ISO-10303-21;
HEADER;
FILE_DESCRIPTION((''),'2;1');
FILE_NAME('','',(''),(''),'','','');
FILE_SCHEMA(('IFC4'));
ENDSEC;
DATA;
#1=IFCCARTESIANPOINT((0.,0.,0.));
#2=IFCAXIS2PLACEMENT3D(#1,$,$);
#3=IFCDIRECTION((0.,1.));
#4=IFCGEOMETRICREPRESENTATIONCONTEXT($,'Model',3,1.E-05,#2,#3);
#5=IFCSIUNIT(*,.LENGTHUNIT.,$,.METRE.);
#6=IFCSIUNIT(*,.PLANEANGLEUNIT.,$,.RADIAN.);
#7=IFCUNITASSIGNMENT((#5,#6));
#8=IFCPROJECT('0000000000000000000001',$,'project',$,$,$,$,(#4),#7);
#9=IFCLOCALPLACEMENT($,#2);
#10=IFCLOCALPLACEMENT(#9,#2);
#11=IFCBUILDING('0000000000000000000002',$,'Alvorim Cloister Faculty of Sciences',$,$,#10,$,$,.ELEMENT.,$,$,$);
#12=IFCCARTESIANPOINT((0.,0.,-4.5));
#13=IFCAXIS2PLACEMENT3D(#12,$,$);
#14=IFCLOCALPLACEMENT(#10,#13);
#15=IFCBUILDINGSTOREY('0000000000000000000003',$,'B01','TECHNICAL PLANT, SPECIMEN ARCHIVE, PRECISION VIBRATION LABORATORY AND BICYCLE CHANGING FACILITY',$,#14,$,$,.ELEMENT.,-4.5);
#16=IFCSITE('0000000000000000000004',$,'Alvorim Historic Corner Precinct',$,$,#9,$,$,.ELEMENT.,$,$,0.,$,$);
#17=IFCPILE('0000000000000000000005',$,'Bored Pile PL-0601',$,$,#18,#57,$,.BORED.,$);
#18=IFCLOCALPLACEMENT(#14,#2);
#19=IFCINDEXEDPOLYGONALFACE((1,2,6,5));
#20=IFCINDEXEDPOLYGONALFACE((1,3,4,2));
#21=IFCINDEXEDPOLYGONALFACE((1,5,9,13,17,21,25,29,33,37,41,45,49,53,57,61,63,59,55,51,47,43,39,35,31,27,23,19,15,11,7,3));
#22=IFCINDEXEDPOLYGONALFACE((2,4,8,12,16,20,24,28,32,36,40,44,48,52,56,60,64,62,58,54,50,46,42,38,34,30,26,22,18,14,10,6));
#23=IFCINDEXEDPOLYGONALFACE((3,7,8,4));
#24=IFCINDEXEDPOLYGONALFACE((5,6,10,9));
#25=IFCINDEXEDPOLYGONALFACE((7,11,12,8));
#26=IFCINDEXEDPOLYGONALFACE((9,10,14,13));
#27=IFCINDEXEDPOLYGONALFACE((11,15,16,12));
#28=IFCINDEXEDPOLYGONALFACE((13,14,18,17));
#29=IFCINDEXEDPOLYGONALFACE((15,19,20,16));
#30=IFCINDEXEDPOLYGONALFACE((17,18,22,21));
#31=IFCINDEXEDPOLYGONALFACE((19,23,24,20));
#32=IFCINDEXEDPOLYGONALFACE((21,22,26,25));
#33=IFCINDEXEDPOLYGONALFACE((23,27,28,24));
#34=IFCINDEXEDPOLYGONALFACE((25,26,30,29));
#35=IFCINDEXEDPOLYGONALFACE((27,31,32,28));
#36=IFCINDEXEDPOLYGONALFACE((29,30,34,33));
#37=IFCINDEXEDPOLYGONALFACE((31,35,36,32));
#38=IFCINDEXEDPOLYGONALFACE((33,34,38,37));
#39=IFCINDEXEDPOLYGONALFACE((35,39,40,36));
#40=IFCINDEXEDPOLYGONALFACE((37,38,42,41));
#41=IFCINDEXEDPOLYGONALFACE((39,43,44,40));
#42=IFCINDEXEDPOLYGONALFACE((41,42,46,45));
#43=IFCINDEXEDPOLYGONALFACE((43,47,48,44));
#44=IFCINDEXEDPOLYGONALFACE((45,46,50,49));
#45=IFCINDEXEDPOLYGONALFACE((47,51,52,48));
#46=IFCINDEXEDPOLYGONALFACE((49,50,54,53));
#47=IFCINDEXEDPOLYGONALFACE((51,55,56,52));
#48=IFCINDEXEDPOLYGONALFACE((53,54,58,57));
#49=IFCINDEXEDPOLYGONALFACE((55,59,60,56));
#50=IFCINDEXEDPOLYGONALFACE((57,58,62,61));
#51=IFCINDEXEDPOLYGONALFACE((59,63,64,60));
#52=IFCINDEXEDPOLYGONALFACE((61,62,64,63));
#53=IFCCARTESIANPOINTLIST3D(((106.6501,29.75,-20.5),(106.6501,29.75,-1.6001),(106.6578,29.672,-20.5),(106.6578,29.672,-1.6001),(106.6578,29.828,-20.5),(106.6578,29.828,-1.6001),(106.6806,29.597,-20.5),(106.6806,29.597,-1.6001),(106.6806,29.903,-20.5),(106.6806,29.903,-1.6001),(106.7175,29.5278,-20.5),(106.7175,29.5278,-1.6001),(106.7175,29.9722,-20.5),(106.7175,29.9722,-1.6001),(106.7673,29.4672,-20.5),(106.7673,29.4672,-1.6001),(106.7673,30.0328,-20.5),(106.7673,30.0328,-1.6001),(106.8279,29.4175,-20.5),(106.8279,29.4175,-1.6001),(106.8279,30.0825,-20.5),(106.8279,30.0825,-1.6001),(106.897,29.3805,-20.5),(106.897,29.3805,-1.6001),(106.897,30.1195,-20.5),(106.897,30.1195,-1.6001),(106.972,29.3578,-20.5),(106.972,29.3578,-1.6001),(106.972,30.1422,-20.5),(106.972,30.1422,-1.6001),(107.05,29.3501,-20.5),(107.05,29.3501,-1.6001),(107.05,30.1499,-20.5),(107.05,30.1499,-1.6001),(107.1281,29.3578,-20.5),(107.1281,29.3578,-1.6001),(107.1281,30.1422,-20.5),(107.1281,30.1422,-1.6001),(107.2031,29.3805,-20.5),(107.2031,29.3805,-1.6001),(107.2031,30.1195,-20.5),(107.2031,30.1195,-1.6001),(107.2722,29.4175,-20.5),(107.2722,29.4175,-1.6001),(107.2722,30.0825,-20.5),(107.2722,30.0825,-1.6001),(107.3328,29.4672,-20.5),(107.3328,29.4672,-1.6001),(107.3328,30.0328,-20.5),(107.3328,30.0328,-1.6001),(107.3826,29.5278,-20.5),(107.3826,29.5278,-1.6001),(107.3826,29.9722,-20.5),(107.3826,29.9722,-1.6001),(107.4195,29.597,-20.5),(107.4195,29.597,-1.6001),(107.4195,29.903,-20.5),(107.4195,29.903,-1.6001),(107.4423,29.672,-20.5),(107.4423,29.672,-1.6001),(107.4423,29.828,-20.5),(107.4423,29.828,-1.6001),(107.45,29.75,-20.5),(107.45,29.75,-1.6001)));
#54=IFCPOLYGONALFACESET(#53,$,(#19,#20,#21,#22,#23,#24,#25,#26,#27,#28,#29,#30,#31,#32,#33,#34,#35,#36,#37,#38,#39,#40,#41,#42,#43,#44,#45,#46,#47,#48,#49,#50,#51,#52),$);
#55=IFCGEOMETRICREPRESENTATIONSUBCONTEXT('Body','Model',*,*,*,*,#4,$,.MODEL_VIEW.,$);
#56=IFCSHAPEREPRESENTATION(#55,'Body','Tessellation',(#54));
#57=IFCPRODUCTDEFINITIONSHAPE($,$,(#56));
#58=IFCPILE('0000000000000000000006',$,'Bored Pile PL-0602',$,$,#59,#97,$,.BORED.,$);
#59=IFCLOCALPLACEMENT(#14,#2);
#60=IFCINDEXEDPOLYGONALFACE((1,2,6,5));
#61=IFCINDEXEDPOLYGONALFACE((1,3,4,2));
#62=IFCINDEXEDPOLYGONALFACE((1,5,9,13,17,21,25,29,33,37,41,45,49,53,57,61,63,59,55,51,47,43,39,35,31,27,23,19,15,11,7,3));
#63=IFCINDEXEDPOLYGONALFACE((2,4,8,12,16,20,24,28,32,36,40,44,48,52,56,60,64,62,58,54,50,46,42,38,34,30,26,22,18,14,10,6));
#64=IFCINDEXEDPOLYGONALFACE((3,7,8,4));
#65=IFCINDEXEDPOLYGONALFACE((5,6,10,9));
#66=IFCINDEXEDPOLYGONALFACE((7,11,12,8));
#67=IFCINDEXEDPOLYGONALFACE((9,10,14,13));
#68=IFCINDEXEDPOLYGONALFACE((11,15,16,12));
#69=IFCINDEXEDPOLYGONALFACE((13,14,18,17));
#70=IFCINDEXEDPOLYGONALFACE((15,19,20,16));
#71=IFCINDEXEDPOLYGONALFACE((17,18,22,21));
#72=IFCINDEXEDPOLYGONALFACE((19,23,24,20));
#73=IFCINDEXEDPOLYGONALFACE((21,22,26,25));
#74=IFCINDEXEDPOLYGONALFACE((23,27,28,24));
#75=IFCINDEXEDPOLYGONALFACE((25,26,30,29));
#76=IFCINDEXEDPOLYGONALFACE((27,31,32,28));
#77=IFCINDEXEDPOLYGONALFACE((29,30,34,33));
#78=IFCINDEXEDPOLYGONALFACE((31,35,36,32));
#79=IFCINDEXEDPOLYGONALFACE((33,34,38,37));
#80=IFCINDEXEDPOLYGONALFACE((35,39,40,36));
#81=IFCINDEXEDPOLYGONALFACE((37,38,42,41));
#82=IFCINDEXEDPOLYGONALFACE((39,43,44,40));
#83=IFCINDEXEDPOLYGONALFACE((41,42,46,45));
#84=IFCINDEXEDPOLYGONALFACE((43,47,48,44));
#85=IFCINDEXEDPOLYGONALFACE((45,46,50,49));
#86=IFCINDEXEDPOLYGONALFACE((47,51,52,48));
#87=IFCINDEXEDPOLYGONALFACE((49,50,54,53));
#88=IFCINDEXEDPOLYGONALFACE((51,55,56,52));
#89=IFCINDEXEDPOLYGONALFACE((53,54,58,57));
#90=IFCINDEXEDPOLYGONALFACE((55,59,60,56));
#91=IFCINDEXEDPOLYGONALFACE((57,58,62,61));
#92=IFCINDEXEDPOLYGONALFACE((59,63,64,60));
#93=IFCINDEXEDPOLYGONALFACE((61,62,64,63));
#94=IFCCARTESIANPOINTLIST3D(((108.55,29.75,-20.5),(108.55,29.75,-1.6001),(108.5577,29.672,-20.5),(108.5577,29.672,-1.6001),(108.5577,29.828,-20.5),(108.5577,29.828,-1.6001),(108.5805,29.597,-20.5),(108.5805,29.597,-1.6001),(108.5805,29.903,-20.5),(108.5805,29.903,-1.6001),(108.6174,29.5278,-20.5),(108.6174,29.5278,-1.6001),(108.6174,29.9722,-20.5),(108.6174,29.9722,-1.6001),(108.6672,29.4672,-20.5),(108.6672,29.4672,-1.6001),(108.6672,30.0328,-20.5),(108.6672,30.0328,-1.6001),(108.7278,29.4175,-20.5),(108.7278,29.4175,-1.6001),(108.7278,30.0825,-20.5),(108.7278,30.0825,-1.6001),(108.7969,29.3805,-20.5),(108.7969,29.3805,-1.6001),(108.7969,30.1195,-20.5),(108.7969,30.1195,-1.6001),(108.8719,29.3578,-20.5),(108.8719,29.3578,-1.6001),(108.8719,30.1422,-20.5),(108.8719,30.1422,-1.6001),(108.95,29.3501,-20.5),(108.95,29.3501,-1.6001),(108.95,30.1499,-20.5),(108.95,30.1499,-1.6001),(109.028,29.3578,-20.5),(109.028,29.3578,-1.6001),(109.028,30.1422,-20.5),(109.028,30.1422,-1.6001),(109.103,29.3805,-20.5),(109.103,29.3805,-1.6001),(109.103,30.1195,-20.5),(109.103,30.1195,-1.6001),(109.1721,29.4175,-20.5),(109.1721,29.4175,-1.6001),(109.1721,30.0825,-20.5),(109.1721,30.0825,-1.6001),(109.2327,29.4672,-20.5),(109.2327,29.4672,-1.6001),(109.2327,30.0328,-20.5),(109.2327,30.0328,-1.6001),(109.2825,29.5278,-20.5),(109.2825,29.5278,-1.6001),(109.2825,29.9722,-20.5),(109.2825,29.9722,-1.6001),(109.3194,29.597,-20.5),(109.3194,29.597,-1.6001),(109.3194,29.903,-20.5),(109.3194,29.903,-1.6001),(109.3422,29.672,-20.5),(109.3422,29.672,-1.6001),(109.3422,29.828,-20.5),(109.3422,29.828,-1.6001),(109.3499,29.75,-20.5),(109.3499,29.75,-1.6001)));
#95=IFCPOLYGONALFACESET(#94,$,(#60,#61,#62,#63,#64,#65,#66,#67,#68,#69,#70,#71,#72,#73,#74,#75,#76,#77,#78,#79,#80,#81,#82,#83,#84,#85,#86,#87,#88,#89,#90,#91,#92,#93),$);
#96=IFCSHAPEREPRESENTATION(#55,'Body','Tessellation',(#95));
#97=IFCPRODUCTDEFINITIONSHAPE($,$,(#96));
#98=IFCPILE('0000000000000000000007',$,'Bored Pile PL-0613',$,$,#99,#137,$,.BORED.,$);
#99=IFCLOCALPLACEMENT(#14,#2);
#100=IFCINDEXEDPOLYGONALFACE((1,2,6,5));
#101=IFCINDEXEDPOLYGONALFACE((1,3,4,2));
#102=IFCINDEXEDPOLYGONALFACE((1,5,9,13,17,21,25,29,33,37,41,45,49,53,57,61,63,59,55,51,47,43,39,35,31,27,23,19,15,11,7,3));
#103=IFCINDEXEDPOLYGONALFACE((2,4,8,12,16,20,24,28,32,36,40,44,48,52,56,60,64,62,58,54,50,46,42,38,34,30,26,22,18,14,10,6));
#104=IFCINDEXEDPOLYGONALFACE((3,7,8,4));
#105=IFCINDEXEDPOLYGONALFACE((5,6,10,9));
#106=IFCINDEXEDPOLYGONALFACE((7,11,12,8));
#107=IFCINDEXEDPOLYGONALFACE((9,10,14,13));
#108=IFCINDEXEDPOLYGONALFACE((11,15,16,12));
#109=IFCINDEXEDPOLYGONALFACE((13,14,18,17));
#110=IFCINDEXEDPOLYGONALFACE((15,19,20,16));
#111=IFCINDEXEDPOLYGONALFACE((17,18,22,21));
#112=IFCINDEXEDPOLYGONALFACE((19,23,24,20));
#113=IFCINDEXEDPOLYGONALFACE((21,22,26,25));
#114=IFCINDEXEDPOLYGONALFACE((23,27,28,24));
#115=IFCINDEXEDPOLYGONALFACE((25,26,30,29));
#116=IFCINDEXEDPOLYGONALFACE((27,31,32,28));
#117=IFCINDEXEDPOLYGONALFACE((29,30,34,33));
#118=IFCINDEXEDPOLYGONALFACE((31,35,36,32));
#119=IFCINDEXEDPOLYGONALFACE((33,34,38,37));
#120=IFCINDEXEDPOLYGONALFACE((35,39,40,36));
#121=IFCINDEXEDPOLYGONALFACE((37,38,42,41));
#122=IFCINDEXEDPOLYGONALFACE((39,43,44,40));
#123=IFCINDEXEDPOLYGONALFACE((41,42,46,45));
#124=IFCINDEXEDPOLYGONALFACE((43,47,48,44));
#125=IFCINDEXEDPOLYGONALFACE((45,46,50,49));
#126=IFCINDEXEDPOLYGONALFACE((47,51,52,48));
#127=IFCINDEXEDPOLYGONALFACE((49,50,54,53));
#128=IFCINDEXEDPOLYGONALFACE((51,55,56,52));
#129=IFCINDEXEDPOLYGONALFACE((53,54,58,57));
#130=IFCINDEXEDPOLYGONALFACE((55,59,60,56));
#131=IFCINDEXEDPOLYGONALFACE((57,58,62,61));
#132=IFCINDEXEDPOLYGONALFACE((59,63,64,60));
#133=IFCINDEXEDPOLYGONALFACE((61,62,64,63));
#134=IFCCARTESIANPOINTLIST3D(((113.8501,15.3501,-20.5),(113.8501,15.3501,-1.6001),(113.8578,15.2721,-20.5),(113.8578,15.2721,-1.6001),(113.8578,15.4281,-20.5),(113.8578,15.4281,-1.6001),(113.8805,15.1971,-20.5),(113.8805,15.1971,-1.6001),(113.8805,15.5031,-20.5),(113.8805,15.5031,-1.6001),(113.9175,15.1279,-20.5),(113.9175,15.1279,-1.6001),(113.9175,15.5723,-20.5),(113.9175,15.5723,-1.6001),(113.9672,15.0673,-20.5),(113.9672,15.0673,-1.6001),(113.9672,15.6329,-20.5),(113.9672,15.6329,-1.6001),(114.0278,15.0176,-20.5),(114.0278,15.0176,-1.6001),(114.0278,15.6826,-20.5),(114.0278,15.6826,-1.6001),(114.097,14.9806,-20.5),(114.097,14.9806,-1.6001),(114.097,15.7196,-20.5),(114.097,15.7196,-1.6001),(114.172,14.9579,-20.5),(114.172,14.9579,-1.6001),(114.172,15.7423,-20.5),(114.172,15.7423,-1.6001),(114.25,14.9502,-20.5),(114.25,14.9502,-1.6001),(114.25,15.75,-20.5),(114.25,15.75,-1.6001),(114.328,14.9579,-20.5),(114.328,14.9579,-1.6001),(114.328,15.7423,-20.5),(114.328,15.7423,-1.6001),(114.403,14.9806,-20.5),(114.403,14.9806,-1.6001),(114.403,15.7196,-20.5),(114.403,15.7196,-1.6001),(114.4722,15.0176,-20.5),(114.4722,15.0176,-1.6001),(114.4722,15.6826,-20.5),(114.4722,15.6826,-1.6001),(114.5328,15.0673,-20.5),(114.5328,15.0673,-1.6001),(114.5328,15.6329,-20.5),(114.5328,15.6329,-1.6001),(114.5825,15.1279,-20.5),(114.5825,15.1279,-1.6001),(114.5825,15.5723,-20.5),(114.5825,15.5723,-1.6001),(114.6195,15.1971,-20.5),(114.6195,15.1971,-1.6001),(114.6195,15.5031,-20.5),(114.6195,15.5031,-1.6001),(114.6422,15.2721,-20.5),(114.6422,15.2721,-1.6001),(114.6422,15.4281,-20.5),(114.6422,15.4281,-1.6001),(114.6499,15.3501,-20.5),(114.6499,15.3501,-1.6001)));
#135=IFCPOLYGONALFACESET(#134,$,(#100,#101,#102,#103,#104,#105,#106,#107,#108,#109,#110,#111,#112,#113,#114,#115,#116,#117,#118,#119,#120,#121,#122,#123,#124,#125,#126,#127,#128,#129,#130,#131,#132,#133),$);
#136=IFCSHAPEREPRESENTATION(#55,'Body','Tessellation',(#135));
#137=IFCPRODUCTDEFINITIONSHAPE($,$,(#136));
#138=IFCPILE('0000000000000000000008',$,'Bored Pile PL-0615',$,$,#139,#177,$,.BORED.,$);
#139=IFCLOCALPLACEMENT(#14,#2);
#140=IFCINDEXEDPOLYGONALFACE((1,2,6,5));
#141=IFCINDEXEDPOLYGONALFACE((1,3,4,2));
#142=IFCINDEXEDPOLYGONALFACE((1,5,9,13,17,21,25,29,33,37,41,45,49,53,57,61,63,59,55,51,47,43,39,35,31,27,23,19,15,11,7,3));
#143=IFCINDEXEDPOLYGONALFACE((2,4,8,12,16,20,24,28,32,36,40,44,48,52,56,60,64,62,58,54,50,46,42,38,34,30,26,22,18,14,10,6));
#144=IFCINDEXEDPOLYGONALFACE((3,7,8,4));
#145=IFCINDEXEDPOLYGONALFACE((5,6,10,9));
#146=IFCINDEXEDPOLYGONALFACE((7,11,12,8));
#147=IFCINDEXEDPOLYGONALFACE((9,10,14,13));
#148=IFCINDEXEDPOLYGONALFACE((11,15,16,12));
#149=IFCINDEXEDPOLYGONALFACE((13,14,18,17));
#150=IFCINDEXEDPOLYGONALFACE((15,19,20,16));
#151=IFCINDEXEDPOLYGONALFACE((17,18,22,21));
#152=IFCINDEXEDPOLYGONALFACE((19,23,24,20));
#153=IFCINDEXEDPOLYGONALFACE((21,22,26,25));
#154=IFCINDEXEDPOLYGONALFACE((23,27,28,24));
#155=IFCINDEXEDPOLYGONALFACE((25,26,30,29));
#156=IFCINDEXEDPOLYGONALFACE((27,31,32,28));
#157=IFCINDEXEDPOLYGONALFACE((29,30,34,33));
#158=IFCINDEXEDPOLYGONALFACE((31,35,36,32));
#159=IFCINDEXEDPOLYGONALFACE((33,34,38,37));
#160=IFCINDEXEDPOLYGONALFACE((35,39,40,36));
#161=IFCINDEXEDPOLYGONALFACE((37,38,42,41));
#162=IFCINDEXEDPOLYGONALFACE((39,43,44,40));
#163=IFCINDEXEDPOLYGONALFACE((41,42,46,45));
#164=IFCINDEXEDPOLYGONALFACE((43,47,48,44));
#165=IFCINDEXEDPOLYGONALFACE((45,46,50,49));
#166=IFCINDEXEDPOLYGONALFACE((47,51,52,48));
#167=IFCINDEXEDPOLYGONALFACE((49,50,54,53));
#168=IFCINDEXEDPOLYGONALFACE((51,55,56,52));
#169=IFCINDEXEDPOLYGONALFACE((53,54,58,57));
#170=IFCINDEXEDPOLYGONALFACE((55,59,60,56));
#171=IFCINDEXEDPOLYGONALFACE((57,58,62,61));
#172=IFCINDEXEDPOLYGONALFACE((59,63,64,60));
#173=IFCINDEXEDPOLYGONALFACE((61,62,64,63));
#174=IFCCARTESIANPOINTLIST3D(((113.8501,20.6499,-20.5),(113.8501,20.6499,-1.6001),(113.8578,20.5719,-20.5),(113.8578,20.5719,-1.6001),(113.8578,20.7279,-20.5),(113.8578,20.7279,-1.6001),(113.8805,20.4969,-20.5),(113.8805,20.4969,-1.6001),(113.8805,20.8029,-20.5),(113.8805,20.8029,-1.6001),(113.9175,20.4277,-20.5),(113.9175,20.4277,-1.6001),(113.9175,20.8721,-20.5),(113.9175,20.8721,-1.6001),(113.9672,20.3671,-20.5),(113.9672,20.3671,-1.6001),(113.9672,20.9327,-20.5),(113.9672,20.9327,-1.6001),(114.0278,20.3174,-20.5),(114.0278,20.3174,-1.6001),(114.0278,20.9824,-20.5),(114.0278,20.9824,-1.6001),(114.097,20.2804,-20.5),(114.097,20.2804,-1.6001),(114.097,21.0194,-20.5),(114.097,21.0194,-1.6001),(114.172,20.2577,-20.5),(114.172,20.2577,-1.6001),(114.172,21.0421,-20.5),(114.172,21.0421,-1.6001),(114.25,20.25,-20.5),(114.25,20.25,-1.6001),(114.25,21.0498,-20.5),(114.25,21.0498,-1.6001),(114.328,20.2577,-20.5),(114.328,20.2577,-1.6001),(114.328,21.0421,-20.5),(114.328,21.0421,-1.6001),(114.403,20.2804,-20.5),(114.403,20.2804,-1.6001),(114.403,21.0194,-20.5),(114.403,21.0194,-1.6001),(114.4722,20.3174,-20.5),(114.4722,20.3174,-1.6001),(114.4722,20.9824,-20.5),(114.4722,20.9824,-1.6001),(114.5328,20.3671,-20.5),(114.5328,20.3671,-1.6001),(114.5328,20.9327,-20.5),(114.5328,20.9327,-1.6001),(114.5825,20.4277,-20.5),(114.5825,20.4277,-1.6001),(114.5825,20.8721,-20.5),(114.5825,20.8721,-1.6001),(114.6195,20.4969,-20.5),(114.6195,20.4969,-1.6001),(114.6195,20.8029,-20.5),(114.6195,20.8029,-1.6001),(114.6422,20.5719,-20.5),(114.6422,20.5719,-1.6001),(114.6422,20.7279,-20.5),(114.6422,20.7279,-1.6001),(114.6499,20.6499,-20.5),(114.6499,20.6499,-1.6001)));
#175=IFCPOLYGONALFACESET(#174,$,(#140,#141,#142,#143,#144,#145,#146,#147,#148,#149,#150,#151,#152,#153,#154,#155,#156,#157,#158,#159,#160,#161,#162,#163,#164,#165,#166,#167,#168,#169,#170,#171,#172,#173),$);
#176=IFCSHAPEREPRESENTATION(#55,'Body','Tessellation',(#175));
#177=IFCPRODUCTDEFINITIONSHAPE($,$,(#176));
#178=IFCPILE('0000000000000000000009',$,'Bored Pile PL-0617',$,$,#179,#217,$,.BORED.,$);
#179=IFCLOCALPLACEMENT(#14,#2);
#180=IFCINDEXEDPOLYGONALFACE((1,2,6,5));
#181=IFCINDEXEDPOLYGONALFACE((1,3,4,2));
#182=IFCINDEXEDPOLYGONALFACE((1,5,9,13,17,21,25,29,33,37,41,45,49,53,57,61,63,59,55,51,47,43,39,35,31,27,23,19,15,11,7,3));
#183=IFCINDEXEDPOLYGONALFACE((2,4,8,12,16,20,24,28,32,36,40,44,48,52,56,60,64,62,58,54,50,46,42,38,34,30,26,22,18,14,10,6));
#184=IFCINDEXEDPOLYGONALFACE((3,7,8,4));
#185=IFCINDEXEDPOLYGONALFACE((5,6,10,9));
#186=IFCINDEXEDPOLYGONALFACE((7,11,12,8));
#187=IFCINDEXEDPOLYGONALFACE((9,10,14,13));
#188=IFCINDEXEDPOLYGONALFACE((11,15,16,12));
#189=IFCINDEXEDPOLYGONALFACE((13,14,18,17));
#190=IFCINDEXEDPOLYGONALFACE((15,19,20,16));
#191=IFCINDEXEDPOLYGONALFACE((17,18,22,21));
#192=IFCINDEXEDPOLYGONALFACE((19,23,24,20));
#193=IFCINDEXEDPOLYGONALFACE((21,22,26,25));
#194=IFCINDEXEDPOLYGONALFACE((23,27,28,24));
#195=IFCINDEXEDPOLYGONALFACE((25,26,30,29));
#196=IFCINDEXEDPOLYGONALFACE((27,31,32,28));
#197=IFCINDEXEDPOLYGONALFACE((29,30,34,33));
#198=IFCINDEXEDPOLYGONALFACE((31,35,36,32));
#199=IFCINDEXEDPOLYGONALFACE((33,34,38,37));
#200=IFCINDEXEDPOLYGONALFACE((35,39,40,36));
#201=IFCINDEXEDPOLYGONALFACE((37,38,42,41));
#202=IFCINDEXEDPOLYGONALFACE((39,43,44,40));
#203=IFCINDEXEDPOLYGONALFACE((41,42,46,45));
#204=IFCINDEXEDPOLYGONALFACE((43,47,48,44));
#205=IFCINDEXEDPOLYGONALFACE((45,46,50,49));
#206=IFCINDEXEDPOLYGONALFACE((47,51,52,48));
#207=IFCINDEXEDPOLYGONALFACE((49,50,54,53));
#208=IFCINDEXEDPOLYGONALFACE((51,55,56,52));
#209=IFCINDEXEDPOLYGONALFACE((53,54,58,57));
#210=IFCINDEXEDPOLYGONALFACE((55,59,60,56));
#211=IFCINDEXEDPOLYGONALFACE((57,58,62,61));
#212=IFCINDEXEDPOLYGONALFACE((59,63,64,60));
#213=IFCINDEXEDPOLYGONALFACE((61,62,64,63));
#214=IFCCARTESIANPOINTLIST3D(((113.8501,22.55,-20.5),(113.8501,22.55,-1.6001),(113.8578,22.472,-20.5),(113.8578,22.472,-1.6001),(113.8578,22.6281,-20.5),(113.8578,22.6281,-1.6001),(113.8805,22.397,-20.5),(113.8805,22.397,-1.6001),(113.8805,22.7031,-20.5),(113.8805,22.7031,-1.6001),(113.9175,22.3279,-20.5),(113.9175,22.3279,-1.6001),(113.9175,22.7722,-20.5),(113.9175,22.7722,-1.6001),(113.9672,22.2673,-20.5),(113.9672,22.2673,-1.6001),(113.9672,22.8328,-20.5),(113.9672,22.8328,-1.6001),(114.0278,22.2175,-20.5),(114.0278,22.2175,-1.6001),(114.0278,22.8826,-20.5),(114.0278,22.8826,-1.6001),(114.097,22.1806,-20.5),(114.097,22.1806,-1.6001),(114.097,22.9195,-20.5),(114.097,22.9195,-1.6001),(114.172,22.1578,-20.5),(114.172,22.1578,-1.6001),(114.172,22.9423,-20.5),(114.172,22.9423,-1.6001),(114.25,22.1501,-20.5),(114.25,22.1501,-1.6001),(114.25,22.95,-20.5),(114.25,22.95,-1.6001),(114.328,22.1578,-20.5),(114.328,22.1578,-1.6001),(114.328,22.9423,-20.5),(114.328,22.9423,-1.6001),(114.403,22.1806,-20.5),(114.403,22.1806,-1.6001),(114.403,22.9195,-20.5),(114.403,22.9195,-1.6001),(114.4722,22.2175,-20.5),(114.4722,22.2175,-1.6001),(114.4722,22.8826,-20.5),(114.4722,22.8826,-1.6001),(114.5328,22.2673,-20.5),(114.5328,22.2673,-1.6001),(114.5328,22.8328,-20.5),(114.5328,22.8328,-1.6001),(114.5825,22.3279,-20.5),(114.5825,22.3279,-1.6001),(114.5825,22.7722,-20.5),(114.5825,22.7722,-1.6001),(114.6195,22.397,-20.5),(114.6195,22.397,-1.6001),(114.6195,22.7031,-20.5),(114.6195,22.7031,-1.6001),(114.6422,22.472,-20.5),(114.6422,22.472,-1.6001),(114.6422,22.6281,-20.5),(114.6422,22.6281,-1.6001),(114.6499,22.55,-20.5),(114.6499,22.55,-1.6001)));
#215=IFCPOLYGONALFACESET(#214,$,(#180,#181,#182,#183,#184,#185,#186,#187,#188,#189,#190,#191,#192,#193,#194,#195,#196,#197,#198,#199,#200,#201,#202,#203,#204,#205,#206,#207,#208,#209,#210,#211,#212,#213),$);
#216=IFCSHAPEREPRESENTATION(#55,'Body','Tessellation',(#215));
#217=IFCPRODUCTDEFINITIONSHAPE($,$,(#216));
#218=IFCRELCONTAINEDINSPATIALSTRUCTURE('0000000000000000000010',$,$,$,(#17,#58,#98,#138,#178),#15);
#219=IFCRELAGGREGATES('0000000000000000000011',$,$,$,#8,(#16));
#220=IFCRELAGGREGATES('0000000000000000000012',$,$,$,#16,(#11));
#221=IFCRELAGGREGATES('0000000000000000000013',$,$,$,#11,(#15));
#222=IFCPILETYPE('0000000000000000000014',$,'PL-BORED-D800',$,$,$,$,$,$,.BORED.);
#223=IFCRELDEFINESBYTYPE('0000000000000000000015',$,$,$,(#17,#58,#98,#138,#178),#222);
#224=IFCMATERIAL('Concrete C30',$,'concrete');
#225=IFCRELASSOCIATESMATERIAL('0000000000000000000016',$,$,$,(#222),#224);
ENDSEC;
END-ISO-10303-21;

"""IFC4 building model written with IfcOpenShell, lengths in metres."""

from ifc_helpers import new_model, si_unit, direction, frame, origin, origin_2d, place, context, subcontext, project, spatial, circle, extrude, material, material_profile, profile_set, type_object, element, save


model = new_model("IFC4")

# Units and contexts
model_context = context("Model", 3, precision=1e-05, world=origin(), true_north=direction((0.0, 1.0)))
body_context = subcontext(model_context, "Body", "Model", "MODEL_VIEW")
ifc_project = project(units=[si_unit("LENGTHUNIT", "METRE"), si_unit("PLANEANGLEUNIT", "RADIAN")], contexts=[model_context])

# Site, building, storey
site_placement = place(None, origin())
site = spatial("IfcSite", under=ifc_project, at=site_placement, Name="Alvorim Historic Corner Precinct", CompositionType="ELEMENT", RefElevation=0.0)
building_placement = place(site_placement, origin())
building = spatial("IfcBuilding", under=site, at=building_placement, Name="Alvorim Cloister Faculty of Sciences", CompositionType="ELEMENT")
storey_placement = place(building_placement, frame((0.0, 0.0, -4.5)))
storey = spatial("IfcBuildingStorey", under=building, at=storey_placement, Name="B01", Description="TECHNICAL PLANT, SPECIMEN ARCHIVE, PRECISION VIBRATION LABORATORY AND BICYCLE CHANGING FACILITY", CompositionType="ELEMENT", Elevation=-4.5)

# Piles
ifc_material_1 = material(Name="Concrete C30", Category="concrete")
ifc_material_profile_1 = material_profile(ifc_material_1, circle(Radius=0.3999, at=origin_2d()), Name="PILE-D800")
ifc_profile_set_1 = profile_set([ifc_material_profile_1], Name="Concrete C30")
pile_type = type_object("IfcPileType", Name="PL-BORED-D800", PredefinedType="BORED", material=ifc_profile_set_1)
for number, where, z_axis, x_axis, name in (
    (1, (107.05, 29.75, -1.6001), (0.0, 0.0, -1.0), (1.0, 0.0, 0.0), "Bored Pile PL-0601"),
    (2, (108.95, 29.75, -1.6001), (0.0, 0.0, -1.0), (1.0, 0.0, 0.0), "Bored Pile PL-0602"),
    (3, (114.25, 15.3501, -1.6001), (0.0, 0.0, -1.0), (1.0, 0.0, 0.0), "Bored Pile PL-0613"),
    (4, (114.25, 20.6499, -1.6001), (0.0, 0.0, -1.0), (1.0, 0.0, 0.0), "Bored Pile PL-0615"),
    (5, (114.25, 22.55, -1.6001), (0.0, 0.0, -1.0), (1.0, 0.0, 0.0), "Bored Pile PL-0617"),
):
    element("IfcPile", number, at=place(storey_placement, frame(where, z_axis=z_axis, x_axis=x_axis)), inside=storey, type_object=pile_type, Name=name, PredefinedType="BORED", context=body_context, shape_type="SweptSolid", body=[
        extrude(circle(Radius=0.3999, at=origin_2d()), origin(), (0.0, 0.0, 1.0), 18.8999),
    ])

save(model, "model.ifc")
